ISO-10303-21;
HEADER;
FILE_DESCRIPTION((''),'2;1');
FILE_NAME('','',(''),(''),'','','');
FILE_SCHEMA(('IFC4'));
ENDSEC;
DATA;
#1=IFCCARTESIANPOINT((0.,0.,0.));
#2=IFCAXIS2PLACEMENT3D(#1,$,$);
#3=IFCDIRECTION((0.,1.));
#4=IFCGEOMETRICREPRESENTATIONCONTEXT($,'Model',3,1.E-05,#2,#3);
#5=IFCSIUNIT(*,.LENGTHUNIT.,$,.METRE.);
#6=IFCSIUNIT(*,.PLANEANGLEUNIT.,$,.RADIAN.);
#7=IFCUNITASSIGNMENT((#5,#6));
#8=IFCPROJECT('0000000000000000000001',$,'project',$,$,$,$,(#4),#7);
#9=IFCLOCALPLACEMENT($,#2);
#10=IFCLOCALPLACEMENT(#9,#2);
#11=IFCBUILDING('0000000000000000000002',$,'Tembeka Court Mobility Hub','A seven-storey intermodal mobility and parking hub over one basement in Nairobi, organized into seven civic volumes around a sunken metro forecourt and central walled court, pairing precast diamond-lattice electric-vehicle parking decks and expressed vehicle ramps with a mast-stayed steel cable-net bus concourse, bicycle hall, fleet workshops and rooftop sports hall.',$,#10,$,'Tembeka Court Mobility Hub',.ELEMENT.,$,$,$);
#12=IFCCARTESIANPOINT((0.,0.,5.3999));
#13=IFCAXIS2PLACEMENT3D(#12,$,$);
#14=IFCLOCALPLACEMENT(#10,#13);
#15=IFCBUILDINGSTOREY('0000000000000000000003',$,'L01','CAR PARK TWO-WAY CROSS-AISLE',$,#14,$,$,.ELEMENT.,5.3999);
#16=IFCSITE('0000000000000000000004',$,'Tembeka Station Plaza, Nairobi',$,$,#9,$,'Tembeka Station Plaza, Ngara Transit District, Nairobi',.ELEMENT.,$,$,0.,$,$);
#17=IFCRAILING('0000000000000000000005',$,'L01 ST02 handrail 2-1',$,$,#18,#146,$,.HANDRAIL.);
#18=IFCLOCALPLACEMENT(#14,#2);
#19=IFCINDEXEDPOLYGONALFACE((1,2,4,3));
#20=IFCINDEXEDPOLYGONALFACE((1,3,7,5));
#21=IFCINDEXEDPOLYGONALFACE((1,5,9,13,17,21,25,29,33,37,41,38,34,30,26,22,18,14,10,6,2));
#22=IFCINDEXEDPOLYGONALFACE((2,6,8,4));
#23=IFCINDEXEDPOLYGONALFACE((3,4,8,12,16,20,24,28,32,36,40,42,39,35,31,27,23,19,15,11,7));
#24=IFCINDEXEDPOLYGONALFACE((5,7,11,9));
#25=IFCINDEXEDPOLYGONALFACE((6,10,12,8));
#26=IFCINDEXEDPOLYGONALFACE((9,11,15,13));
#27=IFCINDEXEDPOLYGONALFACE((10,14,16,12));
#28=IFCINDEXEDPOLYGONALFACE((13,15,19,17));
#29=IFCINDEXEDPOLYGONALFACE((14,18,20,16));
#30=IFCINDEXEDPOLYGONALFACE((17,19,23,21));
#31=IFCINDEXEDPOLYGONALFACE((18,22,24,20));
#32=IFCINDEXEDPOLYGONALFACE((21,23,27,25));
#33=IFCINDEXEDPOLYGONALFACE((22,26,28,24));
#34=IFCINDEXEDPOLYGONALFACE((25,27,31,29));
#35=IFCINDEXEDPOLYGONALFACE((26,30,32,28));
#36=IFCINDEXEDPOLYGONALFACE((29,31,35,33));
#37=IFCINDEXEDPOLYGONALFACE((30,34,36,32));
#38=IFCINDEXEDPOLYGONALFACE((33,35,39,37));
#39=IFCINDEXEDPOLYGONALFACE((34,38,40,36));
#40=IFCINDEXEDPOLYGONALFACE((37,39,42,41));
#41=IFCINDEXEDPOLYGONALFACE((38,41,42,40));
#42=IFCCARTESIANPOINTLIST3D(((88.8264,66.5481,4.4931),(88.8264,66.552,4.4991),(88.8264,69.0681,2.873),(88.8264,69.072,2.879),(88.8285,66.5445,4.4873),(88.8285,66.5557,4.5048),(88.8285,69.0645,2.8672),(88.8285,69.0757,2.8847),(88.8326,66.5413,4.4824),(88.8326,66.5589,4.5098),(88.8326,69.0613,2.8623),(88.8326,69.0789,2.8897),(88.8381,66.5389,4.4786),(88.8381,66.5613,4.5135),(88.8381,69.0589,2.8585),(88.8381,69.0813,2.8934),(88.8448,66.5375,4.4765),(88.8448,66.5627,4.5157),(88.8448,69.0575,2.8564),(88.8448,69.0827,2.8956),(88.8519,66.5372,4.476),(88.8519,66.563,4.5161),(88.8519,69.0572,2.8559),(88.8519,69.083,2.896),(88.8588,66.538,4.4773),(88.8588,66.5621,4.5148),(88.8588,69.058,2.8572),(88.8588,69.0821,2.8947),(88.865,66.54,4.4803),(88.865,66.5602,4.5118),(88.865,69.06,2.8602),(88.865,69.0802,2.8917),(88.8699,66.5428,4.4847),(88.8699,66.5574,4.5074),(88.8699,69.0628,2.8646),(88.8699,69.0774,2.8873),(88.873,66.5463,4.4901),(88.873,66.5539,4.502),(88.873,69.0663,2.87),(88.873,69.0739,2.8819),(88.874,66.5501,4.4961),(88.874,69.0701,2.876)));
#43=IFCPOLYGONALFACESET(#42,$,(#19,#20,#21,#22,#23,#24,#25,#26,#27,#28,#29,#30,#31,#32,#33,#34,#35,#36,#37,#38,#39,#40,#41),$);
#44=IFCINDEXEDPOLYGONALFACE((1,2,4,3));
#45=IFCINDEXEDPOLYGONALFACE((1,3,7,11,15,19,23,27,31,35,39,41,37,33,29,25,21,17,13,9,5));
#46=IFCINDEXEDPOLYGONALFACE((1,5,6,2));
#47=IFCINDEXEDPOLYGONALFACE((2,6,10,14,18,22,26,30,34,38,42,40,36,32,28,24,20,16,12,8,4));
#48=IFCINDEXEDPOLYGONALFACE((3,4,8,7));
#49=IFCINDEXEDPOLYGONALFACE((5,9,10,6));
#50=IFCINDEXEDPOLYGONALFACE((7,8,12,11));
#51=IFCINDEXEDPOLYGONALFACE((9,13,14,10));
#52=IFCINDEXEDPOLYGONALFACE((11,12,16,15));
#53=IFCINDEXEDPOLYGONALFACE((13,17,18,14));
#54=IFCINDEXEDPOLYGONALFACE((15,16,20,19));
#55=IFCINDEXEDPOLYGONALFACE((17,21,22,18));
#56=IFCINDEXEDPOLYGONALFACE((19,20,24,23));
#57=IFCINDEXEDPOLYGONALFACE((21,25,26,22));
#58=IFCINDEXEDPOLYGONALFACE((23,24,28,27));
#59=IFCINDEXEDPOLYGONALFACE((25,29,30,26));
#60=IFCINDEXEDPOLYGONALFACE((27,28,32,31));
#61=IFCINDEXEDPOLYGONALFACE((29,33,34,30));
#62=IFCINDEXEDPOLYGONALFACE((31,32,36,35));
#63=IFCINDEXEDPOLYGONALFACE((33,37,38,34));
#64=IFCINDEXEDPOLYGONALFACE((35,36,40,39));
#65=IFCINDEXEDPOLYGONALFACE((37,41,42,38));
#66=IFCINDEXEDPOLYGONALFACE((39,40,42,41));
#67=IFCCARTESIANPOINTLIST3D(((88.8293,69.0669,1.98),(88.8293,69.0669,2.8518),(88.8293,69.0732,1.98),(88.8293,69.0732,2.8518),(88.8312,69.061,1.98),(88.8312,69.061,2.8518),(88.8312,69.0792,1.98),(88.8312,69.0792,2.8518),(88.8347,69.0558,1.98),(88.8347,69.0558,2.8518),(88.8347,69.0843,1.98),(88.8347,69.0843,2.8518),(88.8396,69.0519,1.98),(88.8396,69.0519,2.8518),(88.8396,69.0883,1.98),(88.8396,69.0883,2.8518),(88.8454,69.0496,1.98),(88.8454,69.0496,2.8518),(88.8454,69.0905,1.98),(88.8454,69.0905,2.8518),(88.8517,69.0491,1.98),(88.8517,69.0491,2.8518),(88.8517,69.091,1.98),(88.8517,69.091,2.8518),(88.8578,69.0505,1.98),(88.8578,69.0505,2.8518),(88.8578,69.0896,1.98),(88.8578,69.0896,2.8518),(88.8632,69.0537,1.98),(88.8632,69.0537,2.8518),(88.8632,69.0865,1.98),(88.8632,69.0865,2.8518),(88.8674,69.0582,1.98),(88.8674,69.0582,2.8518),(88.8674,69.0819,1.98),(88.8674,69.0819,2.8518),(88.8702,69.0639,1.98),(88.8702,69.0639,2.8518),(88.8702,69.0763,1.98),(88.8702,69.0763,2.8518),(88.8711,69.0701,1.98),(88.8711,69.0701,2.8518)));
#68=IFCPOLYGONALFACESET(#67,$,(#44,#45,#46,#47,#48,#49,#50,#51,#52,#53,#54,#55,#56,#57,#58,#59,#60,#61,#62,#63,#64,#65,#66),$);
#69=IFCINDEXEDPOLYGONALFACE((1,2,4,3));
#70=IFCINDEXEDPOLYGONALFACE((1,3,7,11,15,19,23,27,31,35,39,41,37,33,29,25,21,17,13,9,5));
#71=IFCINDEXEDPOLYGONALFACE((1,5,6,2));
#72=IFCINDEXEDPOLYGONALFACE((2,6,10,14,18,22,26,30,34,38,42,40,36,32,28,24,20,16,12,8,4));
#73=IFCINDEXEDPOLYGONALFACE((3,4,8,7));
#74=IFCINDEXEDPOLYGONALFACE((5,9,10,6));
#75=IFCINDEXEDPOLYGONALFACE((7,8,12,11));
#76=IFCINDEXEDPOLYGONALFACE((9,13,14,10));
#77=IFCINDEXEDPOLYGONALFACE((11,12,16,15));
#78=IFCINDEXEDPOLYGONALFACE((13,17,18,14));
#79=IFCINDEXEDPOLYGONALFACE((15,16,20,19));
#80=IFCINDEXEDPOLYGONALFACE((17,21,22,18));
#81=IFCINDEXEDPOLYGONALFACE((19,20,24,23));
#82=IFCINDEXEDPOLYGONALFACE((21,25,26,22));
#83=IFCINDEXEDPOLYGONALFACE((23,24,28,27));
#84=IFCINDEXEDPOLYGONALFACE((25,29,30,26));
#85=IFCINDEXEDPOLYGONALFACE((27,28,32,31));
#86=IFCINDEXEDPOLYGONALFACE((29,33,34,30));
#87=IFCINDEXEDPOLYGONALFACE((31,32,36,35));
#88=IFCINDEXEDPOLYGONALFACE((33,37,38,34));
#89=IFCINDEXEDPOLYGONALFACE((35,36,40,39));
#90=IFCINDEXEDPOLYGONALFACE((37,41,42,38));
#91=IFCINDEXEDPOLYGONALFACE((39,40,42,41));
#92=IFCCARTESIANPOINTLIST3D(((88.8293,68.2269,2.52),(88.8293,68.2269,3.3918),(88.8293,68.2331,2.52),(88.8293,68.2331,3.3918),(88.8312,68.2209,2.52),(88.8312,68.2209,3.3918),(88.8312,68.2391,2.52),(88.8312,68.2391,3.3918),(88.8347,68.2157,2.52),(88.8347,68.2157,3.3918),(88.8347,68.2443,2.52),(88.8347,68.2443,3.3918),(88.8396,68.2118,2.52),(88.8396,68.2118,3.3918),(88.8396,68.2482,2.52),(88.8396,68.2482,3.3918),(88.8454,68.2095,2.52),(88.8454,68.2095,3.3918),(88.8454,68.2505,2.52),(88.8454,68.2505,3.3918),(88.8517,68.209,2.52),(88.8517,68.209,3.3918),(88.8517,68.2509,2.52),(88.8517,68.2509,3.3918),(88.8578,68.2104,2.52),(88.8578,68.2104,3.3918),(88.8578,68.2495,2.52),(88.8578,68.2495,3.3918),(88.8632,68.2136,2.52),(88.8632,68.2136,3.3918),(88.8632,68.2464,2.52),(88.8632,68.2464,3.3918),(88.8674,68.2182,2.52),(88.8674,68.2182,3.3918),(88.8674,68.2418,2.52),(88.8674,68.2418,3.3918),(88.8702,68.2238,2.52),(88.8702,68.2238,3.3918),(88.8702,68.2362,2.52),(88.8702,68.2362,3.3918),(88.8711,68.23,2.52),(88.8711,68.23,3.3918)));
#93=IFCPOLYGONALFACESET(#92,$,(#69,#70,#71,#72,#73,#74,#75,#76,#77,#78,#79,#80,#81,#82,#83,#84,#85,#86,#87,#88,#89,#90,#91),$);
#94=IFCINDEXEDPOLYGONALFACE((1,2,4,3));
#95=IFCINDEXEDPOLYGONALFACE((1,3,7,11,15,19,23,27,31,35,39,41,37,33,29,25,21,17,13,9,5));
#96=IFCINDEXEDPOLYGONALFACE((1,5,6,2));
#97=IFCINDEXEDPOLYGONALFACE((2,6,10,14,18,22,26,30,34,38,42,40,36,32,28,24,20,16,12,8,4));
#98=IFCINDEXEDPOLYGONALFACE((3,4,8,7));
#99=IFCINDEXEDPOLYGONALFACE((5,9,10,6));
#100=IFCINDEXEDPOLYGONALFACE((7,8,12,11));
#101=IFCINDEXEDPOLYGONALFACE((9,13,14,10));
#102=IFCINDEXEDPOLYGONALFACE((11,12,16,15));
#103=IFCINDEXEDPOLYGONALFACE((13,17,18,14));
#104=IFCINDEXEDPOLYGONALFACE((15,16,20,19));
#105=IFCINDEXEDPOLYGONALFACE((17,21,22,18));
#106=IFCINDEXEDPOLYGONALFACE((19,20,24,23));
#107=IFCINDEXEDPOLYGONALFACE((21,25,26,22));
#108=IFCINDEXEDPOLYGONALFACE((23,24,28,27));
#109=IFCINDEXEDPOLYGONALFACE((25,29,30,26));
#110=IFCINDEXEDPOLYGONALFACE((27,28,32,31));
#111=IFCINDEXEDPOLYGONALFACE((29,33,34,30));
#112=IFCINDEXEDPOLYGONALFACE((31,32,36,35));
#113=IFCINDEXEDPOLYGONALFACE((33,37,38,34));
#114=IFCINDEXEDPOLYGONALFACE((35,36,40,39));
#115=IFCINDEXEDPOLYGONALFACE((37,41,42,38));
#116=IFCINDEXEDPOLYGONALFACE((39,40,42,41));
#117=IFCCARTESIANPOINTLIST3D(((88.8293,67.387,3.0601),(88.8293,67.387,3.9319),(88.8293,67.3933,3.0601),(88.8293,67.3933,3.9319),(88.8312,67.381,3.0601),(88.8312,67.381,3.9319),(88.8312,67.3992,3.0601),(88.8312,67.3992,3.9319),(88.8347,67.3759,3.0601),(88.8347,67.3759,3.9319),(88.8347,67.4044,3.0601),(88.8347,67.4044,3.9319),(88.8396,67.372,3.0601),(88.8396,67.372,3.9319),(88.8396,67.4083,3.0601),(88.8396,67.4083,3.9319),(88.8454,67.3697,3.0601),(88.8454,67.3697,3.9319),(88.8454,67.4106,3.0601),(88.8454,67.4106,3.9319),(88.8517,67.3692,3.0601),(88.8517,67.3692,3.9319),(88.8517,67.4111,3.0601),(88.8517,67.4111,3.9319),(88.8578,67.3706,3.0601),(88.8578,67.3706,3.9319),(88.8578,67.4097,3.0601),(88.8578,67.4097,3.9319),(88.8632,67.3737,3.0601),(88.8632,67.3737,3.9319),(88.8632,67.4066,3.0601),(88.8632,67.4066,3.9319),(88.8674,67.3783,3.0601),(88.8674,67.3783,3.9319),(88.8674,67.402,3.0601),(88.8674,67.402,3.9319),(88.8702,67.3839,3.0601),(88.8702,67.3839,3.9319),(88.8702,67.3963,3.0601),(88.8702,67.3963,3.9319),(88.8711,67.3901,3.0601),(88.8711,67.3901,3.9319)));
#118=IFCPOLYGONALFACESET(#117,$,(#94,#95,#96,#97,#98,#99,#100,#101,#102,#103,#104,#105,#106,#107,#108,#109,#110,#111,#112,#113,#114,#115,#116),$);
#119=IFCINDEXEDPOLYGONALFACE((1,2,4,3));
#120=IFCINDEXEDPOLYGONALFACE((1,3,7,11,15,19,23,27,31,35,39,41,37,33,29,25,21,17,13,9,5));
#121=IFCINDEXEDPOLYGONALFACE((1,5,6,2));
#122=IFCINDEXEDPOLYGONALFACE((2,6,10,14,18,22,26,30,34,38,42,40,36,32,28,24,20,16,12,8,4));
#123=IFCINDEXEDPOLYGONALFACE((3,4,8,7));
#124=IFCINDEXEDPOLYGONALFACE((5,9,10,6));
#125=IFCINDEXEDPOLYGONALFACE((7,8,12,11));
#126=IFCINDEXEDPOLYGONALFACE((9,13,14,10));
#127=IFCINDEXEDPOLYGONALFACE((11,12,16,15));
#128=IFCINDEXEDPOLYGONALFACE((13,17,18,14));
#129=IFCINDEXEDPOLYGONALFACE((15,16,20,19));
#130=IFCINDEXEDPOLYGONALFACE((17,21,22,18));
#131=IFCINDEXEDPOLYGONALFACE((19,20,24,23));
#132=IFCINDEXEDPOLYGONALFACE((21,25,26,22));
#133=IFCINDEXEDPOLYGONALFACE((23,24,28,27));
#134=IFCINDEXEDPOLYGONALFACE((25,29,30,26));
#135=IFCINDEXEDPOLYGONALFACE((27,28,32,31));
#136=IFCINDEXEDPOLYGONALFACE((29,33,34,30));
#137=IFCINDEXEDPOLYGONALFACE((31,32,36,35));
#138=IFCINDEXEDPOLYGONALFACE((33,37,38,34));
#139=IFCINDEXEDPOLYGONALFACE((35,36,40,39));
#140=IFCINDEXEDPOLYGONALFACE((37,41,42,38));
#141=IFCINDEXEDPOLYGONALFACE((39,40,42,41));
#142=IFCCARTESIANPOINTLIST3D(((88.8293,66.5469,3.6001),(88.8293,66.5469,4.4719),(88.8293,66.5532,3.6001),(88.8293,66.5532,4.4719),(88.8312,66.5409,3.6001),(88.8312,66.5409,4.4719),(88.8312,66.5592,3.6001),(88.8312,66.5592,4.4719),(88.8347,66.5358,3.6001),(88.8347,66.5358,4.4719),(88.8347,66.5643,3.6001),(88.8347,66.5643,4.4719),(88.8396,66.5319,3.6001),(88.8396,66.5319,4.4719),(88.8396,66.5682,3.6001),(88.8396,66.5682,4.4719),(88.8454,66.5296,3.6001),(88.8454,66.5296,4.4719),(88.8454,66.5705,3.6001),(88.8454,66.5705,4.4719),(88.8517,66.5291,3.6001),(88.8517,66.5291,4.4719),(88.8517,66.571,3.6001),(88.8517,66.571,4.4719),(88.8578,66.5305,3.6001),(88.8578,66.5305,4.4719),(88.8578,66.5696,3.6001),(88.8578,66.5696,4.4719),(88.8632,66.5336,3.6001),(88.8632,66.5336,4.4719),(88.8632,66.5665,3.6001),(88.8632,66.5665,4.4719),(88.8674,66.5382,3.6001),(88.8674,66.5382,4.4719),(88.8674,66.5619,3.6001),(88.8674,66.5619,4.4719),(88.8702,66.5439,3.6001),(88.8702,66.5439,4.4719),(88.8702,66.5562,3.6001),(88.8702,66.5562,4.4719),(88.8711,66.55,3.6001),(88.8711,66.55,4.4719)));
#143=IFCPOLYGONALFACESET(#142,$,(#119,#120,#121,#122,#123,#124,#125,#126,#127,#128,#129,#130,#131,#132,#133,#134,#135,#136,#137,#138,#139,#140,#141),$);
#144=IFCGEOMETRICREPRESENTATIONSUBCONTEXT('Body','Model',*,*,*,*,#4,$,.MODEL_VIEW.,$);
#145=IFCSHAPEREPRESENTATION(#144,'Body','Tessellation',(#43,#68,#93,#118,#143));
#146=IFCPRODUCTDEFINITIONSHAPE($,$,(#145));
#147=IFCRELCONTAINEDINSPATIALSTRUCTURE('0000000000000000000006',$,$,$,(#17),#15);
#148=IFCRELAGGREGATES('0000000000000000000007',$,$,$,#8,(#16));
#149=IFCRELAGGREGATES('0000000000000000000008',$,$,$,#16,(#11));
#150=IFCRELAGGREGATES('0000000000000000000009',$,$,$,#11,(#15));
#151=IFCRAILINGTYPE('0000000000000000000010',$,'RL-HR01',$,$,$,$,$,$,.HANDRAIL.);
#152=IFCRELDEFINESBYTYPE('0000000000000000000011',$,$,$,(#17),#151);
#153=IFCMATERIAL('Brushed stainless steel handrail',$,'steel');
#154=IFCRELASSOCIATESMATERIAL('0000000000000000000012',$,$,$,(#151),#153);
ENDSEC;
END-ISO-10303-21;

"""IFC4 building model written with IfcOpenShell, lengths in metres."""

from ifc_helpers import new_model, si_unit, direction, frame, origin, origin_2d, place, context, subcontext, project, spatial, circle, extrude, material, type_object, element, save


model = new_model("IFC4")

# Units and contexts
model_context = context("Model", 3, precision=1e-05, world=origin(), true_north=direction((0.0, 1.0)))
body_context = subcontext(model_context, "Body", "Model", "MODEL_VIEW")
ifc_project = project(units=[si_unit("LENGTHUNIT", "METRE"), si_unit("PLANEANGLEUNIT", "RADIAN")], contexts=[model_context])

# Site, building, storey
site_placement = place(None, origin())
site = spatial("IfcSite", under=ifc_project, at=site_placement, Name="Tembeka Station Plaza, Nairobi", LongName="Tembeka Station Plaza, Ngara Transit District, Nairobi", CompositionType="ELEMENT", RefElevation=0.0)
building_placement = place(site_placement, origin())
building = spatial("IfcBuilding", under=site, at=building_placement, Name="Tembeka Court Mobility Hub", Description="A seven-storey intermodal mobility and parking hub over one basement in Nairobi, organized into seven civic volumes around a sunken metro forecourt and central walled court, pairing precast diamond-lattice electric-vehicle parking decks and expressed vehicle ramps with a mast-stayed steel cable-net bus concourse, bicycle hall, fleet workshops and rooftop sports hall.", LongName="Tembeka Court Mobility Hub", CompositionType="ELEMENT")
storey_placement = place(building_placement, frame((0.0, 0.0, 5.3999)))
storey = spatial("IfcBuildingStorey", under=building, at=storey_placement, Name="L01", Description="CAR PARK TWO-WAY CROSS-AISLE", CompositionType="ELEMENT", Elevation=5.3999)

# Railing
ifc_material_1 = material(Name="Brushed stainless steel handrail", Category="steel")
railing_type_1 = type_object("IfcRailingType", Name="RL-HR01", PredefinedType="HANDRAIL", material=ifc_material_1)
railing_1_placement = place(storey_placement, frame((88.8501, 69.0701, 1.98)))
element("IfcRailing", 1, at=railing_1_placement, inside=storey, type_object=railing_type_1, Name="L01 ST02 handrail 2-1", PredefinedType="HANDRAIL", context=body_context, shape_type="SweptSolid", body=[
    extrude(circle(Radius=0.0239, at=origin_2d()), frame((0.0, 0.0, 0.896), z_axis=(0.0, -0.841163, 0.540782), x_axis=(1.0, 0.0, 0.0)), (0.0, 0.0, 1.0), 2.9958),
    extrude(circle(Radius=0.021, at=origin_2d()), origin(), (0.0, 0.0, 1.0), 0.8718),
    extrude(circle(Radius=0.021, at=origin_2d()), frame((0.0, -0.8401, 0.54)), (0.0, 0.0, 1.0), 0.8718),
    extrude(circle(Radius=0.021, at=origin_2d()), frame((0.0, -1.6799, 1.0801)), (0.0, 0.0, 1.0), 0.8718),
    extrude(circle(Radius=0.021, at=origin_2d()), frame((0.0, -2.52, 1.6201)), (0.0, 0.0, 1.0), 0.8718),
])

save(model, "model.ifc")
